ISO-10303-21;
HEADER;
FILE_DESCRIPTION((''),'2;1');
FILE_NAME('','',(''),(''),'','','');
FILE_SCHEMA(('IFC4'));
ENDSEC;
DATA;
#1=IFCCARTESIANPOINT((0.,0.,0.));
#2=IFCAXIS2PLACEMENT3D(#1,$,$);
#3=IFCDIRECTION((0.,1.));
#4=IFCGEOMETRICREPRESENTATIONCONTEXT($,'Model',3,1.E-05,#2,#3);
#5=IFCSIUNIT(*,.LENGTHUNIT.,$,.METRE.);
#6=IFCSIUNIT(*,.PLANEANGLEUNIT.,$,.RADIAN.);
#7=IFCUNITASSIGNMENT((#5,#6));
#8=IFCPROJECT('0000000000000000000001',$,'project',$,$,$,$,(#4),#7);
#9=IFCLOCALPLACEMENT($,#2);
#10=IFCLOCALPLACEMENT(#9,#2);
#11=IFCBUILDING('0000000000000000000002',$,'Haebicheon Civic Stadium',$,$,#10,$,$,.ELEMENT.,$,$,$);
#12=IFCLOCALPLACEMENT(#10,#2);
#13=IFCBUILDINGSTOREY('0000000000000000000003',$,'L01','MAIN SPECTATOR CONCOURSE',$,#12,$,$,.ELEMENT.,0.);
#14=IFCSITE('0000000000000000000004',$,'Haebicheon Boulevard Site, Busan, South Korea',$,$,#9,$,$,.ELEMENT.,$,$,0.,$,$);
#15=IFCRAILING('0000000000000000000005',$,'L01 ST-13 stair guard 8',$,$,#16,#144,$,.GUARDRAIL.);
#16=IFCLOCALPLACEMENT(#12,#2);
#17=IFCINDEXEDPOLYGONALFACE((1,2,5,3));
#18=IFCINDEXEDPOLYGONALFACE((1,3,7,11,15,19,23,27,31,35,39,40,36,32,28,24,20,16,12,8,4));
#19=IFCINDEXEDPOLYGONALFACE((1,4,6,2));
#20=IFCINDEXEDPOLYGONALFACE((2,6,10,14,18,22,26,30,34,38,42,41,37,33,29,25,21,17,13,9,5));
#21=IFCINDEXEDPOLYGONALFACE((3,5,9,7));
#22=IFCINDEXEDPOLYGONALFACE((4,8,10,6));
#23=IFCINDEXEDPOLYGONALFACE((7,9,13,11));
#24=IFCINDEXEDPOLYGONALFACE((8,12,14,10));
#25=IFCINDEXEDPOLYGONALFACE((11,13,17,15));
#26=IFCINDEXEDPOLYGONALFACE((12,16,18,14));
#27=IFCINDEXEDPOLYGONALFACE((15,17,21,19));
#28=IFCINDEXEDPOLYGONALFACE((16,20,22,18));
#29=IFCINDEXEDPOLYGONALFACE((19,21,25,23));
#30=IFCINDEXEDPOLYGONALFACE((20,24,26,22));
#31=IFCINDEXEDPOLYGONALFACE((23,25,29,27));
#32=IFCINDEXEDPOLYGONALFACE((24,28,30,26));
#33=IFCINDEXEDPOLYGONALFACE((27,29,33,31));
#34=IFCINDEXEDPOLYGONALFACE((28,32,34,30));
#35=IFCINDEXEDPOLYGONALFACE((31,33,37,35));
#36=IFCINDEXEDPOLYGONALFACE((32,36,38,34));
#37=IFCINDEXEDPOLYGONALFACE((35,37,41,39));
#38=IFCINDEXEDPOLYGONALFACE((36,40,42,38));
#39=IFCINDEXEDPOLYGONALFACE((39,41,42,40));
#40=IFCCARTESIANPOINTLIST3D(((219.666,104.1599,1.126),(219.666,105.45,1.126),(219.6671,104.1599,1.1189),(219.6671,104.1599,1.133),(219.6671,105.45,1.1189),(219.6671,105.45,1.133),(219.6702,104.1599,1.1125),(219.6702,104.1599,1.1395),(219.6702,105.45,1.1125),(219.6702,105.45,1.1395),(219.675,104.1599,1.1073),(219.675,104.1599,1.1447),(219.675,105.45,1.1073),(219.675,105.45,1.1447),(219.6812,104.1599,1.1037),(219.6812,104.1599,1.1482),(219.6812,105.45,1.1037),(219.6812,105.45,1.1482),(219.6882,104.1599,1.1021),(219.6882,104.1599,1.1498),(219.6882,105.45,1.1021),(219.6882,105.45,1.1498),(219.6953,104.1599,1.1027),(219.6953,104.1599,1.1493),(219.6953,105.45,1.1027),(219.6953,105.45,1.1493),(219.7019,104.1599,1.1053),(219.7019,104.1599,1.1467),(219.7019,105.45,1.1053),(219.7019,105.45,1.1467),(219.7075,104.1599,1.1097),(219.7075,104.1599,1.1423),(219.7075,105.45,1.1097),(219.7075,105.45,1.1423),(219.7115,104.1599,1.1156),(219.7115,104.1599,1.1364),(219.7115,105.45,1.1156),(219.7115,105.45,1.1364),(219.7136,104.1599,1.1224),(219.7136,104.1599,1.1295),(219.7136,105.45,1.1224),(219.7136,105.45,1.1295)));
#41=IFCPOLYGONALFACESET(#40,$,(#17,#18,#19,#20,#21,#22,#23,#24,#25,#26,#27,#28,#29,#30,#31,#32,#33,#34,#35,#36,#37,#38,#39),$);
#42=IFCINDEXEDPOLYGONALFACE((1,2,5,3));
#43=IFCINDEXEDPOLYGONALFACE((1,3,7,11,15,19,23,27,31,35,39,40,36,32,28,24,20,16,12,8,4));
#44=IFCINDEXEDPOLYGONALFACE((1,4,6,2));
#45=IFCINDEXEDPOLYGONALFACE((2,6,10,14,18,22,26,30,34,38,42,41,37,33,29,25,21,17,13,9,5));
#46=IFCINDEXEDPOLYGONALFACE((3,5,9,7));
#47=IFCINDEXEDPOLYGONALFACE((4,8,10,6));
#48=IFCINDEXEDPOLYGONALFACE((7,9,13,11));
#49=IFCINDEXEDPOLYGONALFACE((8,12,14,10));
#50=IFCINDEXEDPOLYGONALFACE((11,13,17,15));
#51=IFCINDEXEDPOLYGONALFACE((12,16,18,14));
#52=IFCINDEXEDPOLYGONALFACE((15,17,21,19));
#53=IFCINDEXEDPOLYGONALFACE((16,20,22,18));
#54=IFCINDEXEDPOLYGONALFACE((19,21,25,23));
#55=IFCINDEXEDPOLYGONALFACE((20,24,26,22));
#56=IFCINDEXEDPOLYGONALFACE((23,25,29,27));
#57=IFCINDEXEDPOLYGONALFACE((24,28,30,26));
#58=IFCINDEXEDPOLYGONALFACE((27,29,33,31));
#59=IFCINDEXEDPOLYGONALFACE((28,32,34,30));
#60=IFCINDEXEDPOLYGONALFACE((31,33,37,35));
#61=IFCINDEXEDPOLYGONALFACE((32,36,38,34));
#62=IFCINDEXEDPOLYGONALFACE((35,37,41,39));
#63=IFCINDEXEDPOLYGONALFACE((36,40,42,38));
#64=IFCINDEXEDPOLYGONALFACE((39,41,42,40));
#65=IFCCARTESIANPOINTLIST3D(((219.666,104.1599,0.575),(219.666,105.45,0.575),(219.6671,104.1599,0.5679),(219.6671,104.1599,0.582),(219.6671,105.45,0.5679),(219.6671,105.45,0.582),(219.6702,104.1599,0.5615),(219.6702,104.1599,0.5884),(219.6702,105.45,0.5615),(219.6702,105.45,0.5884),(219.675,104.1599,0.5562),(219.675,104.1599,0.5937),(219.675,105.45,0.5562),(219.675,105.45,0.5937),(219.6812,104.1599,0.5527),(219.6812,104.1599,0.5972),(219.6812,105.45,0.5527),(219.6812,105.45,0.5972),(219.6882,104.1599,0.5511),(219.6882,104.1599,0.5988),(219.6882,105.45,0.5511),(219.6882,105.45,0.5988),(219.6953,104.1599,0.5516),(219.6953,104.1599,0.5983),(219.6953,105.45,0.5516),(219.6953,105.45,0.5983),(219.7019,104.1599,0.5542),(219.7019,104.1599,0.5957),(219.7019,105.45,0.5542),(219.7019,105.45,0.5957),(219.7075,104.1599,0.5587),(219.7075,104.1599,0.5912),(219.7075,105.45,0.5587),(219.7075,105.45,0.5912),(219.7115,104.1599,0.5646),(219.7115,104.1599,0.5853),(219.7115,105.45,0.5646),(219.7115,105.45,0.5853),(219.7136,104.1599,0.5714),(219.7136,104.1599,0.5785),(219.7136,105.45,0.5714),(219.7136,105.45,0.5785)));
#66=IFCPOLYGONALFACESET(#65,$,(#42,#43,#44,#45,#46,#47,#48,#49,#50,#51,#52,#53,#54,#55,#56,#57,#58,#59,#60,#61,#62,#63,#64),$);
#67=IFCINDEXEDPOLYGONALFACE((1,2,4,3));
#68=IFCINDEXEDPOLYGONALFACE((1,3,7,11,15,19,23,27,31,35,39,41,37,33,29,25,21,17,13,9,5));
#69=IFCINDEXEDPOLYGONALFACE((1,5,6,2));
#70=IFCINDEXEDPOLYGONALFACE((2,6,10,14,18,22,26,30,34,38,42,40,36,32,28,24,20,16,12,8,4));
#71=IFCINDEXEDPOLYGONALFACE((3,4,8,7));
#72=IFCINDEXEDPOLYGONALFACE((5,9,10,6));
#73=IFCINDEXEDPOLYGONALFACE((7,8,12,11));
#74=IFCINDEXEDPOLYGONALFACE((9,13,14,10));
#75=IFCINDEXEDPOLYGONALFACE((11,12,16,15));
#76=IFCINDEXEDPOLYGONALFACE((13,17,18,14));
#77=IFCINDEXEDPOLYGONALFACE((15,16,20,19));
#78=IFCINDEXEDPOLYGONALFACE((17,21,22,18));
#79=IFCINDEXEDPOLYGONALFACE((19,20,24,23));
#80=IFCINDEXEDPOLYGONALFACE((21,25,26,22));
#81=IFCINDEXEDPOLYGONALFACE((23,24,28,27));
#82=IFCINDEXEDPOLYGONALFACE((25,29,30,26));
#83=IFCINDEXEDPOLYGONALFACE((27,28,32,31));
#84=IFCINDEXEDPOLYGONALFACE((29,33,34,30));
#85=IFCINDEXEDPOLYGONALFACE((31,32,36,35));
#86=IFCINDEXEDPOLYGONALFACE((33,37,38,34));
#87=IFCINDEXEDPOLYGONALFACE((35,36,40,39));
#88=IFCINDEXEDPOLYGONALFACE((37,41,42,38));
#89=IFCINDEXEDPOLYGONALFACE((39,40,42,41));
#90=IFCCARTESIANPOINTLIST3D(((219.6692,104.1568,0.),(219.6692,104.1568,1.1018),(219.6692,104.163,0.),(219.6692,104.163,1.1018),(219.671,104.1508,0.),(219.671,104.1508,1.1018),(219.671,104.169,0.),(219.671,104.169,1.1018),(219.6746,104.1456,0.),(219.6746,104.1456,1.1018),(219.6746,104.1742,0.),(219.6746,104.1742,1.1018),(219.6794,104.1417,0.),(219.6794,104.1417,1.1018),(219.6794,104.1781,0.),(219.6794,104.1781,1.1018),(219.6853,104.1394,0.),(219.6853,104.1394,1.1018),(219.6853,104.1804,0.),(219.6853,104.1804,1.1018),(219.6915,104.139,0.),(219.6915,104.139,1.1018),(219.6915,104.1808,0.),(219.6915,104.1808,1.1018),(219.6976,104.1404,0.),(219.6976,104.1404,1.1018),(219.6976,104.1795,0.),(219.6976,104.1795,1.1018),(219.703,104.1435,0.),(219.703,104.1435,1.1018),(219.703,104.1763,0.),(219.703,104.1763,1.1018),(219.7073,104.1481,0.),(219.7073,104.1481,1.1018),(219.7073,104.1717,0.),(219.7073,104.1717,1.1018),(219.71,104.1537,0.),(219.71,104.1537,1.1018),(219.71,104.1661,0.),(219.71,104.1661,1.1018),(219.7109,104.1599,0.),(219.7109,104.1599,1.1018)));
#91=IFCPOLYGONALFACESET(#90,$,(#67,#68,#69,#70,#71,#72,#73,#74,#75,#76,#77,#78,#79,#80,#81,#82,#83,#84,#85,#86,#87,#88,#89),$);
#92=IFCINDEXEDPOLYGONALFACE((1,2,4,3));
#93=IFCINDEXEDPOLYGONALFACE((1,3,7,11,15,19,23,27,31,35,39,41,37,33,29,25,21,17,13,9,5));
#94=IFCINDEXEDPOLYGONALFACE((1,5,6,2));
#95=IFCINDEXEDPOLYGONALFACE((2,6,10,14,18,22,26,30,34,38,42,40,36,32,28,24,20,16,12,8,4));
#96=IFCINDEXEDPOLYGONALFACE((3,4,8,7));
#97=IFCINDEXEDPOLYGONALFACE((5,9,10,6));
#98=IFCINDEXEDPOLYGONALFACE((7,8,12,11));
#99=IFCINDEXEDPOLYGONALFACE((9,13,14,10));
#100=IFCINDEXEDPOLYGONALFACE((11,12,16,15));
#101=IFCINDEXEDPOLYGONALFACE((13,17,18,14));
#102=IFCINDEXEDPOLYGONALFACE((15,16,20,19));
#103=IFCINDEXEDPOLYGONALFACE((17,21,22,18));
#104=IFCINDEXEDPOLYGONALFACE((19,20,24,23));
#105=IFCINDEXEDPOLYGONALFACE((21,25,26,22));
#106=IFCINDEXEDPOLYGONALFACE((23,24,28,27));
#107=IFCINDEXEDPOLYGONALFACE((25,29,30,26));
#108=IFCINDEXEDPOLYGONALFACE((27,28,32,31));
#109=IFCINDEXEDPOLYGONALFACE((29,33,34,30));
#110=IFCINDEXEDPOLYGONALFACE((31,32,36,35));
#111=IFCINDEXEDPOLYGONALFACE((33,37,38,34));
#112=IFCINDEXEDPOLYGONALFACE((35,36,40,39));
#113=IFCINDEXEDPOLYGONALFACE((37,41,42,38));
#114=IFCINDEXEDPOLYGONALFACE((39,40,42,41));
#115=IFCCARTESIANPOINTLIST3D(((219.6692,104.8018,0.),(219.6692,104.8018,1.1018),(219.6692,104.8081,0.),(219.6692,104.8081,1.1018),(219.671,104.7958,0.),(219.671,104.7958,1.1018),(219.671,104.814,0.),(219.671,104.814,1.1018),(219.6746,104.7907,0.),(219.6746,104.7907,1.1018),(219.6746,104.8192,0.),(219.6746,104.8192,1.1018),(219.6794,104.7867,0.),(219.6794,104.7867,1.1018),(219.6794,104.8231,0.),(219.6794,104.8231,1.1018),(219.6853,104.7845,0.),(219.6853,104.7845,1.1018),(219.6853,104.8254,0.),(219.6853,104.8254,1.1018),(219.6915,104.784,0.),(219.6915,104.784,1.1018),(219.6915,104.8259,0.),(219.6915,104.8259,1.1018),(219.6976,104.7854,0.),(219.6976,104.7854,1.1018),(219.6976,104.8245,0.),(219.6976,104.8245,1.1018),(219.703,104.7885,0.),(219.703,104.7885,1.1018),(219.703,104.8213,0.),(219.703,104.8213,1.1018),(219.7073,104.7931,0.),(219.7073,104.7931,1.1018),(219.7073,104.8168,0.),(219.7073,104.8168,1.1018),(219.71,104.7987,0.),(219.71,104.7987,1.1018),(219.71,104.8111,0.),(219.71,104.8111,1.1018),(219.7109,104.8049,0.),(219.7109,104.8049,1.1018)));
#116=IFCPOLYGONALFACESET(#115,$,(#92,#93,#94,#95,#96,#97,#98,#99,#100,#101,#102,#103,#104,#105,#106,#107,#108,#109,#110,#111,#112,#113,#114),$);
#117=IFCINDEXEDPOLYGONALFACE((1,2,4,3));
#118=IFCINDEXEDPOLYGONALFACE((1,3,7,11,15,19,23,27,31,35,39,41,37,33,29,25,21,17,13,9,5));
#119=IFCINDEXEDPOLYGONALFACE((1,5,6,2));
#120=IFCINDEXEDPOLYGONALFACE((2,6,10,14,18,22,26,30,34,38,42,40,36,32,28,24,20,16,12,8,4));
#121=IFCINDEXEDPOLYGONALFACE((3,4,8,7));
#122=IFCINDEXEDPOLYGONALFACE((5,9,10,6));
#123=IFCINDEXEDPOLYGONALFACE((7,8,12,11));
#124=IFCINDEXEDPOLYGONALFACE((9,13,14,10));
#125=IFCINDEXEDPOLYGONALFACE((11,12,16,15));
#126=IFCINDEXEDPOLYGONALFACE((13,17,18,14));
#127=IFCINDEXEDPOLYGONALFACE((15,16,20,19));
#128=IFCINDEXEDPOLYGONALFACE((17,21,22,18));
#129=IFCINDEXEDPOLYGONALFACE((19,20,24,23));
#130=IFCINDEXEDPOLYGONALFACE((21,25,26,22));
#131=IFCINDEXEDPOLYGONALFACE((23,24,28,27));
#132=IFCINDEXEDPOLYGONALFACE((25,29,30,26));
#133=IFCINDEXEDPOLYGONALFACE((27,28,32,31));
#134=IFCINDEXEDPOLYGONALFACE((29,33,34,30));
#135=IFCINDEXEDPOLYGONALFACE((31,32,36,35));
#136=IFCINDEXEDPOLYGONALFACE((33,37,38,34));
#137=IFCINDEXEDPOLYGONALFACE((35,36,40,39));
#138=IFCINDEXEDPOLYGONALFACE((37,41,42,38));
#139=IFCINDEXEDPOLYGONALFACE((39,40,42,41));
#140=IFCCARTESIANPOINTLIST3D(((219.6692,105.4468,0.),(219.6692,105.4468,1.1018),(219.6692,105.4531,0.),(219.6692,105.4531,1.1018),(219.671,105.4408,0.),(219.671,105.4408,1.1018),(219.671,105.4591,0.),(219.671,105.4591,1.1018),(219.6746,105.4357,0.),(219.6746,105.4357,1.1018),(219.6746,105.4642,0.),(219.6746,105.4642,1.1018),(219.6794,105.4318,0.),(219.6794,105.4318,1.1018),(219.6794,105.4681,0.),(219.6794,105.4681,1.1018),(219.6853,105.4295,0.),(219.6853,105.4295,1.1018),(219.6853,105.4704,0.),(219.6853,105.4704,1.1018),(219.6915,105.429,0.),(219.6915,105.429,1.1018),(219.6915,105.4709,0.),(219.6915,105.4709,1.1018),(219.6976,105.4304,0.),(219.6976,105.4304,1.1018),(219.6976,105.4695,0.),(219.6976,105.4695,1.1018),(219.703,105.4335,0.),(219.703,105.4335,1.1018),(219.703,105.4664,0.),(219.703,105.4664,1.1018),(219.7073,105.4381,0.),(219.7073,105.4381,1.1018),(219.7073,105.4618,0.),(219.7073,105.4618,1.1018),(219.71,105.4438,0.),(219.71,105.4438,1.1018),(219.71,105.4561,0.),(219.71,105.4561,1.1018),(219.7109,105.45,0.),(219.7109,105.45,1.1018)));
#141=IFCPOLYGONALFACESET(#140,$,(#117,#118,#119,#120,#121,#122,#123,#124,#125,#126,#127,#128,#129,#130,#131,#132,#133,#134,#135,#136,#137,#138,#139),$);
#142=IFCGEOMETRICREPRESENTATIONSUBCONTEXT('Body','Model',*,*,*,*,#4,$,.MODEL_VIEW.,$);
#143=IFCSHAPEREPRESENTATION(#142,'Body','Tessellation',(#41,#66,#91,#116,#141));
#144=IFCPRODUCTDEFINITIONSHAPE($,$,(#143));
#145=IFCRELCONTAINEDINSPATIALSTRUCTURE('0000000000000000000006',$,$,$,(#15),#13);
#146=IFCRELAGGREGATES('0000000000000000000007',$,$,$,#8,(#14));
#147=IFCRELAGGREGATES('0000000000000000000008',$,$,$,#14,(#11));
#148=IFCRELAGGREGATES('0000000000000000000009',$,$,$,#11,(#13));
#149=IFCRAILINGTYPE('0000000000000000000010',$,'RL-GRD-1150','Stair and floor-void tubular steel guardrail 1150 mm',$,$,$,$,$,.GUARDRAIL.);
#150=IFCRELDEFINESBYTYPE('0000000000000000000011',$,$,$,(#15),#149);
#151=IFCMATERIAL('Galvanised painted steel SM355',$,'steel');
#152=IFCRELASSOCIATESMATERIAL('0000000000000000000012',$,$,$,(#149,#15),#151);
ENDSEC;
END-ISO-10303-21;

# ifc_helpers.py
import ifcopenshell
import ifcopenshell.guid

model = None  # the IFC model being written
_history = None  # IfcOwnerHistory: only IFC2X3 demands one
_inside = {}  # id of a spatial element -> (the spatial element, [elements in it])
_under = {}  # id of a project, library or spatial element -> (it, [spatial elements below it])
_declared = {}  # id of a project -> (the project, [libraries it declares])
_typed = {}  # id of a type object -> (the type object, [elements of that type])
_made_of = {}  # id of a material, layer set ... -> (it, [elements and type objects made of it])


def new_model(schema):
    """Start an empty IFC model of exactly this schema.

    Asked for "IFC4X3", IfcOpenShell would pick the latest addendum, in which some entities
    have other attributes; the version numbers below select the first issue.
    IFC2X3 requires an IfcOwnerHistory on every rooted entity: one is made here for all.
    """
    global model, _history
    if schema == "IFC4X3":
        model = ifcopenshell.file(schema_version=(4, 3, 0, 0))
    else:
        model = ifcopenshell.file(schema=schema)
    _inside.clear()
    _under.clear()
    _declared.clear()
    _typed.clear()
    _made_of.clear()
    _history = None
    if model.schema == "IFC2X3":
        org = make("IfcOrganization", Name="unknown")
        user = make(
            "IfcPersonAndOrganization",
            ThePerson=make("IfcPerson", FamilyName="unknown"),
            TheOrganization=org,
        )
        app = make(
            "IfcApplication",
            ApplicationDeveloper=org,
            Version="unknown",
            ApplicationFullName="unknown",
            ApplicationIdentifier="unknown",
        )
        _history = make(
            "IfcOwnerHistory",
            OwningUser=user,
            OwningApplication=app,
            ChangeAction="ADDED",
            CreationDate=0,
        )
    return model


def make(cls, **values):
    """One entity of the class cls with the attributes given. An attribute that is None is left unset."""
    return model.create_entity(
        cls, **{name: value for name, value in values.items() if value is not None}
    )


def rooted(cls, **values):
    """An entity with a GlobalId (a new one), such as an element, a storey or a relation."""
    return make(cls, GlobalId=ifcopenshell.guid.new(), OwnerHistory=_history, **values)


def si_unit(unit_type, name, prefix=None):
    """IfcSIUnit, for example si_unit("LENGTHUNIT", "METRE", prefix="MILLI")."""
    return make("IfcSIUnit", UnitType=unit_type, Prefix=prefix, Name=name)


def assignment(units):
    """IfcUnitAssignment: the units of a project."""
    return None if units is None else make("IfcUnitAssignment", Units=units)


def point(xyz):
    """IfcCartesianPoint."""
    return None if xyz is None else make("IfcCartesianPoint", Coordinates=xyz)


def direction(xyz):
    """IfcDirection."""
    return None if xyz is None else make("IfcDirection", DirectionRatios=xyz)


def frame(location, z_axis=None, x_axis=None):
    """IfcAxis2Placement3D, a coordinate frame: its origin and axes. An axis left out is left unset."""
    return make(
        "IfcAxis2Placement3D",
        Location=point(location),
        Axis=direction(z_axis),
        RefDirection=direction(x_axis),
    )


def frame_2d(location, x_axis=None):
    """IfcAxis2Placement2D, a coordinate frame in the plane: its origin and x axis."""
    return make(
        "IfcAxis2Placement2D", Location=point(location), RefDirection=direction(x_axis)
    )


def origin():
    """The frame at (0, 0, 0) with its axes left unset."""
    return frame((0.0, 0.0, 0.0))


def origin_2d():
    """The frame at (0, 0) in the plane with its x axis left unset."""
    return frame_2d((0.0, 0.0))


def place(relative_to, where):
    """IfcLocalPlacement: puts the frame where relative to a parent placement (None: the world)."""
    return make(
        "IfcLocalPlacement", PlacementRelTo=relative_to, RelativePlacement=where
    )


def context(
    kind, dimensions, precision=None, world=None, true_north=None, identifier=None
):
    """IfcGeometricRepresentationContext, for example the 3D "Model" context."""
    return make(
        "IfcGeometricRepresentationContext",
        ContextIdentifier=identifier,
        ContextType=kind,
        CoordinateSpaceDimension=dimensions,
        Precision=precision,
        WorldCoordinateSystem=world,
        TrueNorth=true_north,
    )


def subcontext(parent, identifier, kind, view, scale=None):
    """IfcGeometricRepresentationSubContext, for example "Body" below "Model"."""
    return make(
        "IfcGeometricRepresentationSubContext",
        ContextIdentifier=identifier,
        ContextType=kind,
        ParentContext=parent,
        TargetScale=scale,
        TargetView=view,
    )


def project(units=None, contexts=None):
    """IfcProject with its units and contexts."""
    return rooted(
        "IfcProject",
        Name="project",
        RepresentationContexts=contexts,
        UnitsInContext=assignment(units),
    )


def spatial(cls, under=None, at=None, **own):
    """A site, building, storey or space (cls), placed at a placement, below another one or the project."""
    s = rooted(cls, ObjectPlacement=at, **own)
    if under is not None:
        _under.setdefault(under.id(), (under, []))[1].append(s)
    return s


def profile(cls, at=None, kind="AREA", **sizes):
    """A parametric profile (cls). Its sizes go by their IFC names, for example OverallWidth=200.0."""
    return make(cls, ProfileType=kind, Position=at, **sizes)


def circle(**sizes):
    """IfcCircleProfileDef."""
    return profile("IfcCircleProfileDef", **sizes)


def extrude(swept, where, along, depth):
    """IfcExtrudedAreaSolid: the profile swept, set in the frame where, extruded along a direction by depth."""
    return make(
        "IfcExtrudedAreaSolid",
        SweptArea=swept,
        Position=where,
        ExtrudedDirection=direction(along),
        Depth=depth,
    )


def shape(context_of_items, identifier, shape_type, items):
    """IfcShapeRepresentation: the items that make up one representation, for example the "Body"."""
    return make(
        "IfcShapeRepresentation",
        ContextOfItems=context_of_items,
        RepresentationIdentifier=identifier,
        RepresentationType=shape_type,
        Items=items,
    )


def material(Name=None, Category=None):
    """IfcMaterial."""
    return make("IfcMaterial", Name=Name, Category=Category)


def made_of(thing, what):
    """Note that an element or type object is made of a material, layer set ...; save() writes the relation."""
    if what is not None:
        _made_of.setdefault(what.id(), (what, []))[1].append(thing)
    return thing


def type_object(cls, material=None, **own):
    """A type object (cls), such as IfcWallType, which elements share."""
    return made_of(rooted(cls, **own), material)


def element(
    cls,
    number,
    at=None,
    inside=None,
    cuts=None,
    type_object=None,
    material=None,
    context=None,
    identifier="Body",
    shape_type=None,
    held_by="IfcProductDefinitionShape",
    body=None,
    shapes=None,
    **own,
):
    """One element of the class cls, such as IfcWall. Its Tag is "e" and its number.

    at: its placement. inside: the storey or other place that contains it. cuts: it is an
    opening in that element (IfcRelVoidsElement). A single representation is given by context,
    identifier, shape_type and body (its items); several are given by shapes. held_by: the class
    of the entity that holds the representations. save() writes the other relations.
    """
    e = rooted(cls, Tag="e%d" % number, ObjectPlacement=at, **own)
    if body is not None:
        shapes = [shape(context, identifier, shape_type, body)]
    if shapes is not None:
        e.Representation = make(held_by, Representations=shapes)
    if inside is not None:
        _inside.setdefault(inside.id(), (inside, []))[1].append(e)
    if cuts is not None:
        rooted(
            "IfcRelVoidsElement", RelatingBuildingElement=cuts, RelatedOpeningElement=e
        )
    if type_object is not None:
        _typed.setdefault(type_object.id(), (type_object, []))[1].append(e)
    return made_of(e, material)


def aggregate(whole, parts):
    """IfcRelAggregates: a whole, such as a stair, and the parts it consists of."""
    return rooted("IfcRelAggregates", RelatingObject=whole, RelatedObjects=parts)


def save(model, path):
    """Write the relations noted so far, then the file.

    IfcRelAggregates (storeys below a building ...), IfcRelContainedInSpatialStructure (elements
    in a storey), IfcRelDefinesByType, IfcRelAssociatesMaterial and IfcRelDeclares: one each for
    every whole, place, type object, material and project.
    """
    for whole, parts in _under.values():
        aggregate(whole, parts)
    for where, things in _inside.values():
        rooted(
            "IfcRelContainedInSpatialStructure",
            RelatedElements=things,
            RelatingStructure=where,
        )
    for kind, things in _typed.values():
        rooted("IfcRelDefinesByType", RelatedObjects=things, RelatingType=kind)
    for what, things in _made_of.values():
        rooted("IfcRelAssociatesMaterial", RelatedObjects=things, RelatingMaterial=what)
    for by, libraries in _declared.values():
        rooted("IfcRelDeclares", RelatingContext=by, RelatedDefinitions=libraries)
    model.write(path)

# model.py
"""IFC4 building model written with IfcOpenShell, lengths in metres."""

from ifc_helpers import new_model, si_unit, direction, frame, origin, origin_2d, place, context, subcontext, project, spatial, circle, extrude, material, type_object, element, save


model = new_model("IFC4")

# Units and contexts
model_context = context("Model", 3, precision=1e-05, world=origin(), true_north=direction((0.0, 1.0)))
body_context = subcontext(model_context, "Body", "Model", "MODEL_VIEW")
ifc_project = project(units=[si_unit("LENGTHUNIT", "METRE"), si_unit("PLANEANGLEUNIT", "RADIAN")], contexts=[model_context])

# Site, building, storey
site_placement = place(None, origin())
site = spatial("IfcSite", under=ifc_project, at=site_placement, Name="Haebicheon Boulevard Site, Busan, South Korea", CompositionType="ELEMENT", RefElevation=0.0)
building_placement = place(site_placement, origin())
building = spatial("IfcBuilding", under=site, at=building_placement, Name="Haebicheon Civic Stadium", CompositionType="ELEMENT")
storey_placement = place(building_placement, origin())
storey = spatial("IfcBuildingStorey", under=building, at=storey_placement, Name="L01", Description="MAIN SPECTATOR CONCOURSE", CompositionType="ELEMENT", Elevation=0.0)

# Railing
ifc_material_1 = material(Name="Galvanised painted steel SM355", Category="steel")
railing_type_1 = type_object("IfcRailingType", Name="RL-GRD-1150", Description="Stair and floor-void tubular steel guardrail 1150 mm", PredefinedType="GUARDRAIL", material=ifc_material_1)
for number, where, name in (
    (1, (219.6899, 104.1599, 0.0), "L01 ST-13 stair guard 8"),
):
    element("IfcRailing", number, at=place(storey_placement, frame(where)), inside=storey, type_object=railing_type_1, material=ifc_material_1, Name=name, PredefinedType="GUARDRAIL", context=body_context, shape_type="SweptSolid", body=[
        extrude(circle(Radius=0.0239, at=origin_2d()), frame((0.0, 0.0, 1.126), z_axis=(0.0, 1.0, 0.0), x_axis=(-1.0, 0.0, 0.0)), (0.0, 0.0, 1.0), 1.29),
        extrude(circle(Radius=0.0239, at=origin_2d()), frame((0.0, 0.0, 0.575), z_axis=(0.0, 1.0, 0.0), x_axis=(-1.0, 0.0, 0.0)), (0.0, 0.0, 1.0), 1.29),
        extrude(circle(Radius=0.021, at=origin_2d()), origin(), (0.0, 0.0, 1.0), 1.1018),
        extrude(circle(Radius=0.021, at=origin_2d()), frame((0.0, 0.645, 0.0)), (0.0, 0.0, 1.0), 1.1018),
        extrude(circle(Radius=0.021, at=origin_2d()), frame((0.0, 1.29, 0.0)), (0.0, 0.0, 1.0), 1.1018),
    ])

save(model, "model.ifc")
